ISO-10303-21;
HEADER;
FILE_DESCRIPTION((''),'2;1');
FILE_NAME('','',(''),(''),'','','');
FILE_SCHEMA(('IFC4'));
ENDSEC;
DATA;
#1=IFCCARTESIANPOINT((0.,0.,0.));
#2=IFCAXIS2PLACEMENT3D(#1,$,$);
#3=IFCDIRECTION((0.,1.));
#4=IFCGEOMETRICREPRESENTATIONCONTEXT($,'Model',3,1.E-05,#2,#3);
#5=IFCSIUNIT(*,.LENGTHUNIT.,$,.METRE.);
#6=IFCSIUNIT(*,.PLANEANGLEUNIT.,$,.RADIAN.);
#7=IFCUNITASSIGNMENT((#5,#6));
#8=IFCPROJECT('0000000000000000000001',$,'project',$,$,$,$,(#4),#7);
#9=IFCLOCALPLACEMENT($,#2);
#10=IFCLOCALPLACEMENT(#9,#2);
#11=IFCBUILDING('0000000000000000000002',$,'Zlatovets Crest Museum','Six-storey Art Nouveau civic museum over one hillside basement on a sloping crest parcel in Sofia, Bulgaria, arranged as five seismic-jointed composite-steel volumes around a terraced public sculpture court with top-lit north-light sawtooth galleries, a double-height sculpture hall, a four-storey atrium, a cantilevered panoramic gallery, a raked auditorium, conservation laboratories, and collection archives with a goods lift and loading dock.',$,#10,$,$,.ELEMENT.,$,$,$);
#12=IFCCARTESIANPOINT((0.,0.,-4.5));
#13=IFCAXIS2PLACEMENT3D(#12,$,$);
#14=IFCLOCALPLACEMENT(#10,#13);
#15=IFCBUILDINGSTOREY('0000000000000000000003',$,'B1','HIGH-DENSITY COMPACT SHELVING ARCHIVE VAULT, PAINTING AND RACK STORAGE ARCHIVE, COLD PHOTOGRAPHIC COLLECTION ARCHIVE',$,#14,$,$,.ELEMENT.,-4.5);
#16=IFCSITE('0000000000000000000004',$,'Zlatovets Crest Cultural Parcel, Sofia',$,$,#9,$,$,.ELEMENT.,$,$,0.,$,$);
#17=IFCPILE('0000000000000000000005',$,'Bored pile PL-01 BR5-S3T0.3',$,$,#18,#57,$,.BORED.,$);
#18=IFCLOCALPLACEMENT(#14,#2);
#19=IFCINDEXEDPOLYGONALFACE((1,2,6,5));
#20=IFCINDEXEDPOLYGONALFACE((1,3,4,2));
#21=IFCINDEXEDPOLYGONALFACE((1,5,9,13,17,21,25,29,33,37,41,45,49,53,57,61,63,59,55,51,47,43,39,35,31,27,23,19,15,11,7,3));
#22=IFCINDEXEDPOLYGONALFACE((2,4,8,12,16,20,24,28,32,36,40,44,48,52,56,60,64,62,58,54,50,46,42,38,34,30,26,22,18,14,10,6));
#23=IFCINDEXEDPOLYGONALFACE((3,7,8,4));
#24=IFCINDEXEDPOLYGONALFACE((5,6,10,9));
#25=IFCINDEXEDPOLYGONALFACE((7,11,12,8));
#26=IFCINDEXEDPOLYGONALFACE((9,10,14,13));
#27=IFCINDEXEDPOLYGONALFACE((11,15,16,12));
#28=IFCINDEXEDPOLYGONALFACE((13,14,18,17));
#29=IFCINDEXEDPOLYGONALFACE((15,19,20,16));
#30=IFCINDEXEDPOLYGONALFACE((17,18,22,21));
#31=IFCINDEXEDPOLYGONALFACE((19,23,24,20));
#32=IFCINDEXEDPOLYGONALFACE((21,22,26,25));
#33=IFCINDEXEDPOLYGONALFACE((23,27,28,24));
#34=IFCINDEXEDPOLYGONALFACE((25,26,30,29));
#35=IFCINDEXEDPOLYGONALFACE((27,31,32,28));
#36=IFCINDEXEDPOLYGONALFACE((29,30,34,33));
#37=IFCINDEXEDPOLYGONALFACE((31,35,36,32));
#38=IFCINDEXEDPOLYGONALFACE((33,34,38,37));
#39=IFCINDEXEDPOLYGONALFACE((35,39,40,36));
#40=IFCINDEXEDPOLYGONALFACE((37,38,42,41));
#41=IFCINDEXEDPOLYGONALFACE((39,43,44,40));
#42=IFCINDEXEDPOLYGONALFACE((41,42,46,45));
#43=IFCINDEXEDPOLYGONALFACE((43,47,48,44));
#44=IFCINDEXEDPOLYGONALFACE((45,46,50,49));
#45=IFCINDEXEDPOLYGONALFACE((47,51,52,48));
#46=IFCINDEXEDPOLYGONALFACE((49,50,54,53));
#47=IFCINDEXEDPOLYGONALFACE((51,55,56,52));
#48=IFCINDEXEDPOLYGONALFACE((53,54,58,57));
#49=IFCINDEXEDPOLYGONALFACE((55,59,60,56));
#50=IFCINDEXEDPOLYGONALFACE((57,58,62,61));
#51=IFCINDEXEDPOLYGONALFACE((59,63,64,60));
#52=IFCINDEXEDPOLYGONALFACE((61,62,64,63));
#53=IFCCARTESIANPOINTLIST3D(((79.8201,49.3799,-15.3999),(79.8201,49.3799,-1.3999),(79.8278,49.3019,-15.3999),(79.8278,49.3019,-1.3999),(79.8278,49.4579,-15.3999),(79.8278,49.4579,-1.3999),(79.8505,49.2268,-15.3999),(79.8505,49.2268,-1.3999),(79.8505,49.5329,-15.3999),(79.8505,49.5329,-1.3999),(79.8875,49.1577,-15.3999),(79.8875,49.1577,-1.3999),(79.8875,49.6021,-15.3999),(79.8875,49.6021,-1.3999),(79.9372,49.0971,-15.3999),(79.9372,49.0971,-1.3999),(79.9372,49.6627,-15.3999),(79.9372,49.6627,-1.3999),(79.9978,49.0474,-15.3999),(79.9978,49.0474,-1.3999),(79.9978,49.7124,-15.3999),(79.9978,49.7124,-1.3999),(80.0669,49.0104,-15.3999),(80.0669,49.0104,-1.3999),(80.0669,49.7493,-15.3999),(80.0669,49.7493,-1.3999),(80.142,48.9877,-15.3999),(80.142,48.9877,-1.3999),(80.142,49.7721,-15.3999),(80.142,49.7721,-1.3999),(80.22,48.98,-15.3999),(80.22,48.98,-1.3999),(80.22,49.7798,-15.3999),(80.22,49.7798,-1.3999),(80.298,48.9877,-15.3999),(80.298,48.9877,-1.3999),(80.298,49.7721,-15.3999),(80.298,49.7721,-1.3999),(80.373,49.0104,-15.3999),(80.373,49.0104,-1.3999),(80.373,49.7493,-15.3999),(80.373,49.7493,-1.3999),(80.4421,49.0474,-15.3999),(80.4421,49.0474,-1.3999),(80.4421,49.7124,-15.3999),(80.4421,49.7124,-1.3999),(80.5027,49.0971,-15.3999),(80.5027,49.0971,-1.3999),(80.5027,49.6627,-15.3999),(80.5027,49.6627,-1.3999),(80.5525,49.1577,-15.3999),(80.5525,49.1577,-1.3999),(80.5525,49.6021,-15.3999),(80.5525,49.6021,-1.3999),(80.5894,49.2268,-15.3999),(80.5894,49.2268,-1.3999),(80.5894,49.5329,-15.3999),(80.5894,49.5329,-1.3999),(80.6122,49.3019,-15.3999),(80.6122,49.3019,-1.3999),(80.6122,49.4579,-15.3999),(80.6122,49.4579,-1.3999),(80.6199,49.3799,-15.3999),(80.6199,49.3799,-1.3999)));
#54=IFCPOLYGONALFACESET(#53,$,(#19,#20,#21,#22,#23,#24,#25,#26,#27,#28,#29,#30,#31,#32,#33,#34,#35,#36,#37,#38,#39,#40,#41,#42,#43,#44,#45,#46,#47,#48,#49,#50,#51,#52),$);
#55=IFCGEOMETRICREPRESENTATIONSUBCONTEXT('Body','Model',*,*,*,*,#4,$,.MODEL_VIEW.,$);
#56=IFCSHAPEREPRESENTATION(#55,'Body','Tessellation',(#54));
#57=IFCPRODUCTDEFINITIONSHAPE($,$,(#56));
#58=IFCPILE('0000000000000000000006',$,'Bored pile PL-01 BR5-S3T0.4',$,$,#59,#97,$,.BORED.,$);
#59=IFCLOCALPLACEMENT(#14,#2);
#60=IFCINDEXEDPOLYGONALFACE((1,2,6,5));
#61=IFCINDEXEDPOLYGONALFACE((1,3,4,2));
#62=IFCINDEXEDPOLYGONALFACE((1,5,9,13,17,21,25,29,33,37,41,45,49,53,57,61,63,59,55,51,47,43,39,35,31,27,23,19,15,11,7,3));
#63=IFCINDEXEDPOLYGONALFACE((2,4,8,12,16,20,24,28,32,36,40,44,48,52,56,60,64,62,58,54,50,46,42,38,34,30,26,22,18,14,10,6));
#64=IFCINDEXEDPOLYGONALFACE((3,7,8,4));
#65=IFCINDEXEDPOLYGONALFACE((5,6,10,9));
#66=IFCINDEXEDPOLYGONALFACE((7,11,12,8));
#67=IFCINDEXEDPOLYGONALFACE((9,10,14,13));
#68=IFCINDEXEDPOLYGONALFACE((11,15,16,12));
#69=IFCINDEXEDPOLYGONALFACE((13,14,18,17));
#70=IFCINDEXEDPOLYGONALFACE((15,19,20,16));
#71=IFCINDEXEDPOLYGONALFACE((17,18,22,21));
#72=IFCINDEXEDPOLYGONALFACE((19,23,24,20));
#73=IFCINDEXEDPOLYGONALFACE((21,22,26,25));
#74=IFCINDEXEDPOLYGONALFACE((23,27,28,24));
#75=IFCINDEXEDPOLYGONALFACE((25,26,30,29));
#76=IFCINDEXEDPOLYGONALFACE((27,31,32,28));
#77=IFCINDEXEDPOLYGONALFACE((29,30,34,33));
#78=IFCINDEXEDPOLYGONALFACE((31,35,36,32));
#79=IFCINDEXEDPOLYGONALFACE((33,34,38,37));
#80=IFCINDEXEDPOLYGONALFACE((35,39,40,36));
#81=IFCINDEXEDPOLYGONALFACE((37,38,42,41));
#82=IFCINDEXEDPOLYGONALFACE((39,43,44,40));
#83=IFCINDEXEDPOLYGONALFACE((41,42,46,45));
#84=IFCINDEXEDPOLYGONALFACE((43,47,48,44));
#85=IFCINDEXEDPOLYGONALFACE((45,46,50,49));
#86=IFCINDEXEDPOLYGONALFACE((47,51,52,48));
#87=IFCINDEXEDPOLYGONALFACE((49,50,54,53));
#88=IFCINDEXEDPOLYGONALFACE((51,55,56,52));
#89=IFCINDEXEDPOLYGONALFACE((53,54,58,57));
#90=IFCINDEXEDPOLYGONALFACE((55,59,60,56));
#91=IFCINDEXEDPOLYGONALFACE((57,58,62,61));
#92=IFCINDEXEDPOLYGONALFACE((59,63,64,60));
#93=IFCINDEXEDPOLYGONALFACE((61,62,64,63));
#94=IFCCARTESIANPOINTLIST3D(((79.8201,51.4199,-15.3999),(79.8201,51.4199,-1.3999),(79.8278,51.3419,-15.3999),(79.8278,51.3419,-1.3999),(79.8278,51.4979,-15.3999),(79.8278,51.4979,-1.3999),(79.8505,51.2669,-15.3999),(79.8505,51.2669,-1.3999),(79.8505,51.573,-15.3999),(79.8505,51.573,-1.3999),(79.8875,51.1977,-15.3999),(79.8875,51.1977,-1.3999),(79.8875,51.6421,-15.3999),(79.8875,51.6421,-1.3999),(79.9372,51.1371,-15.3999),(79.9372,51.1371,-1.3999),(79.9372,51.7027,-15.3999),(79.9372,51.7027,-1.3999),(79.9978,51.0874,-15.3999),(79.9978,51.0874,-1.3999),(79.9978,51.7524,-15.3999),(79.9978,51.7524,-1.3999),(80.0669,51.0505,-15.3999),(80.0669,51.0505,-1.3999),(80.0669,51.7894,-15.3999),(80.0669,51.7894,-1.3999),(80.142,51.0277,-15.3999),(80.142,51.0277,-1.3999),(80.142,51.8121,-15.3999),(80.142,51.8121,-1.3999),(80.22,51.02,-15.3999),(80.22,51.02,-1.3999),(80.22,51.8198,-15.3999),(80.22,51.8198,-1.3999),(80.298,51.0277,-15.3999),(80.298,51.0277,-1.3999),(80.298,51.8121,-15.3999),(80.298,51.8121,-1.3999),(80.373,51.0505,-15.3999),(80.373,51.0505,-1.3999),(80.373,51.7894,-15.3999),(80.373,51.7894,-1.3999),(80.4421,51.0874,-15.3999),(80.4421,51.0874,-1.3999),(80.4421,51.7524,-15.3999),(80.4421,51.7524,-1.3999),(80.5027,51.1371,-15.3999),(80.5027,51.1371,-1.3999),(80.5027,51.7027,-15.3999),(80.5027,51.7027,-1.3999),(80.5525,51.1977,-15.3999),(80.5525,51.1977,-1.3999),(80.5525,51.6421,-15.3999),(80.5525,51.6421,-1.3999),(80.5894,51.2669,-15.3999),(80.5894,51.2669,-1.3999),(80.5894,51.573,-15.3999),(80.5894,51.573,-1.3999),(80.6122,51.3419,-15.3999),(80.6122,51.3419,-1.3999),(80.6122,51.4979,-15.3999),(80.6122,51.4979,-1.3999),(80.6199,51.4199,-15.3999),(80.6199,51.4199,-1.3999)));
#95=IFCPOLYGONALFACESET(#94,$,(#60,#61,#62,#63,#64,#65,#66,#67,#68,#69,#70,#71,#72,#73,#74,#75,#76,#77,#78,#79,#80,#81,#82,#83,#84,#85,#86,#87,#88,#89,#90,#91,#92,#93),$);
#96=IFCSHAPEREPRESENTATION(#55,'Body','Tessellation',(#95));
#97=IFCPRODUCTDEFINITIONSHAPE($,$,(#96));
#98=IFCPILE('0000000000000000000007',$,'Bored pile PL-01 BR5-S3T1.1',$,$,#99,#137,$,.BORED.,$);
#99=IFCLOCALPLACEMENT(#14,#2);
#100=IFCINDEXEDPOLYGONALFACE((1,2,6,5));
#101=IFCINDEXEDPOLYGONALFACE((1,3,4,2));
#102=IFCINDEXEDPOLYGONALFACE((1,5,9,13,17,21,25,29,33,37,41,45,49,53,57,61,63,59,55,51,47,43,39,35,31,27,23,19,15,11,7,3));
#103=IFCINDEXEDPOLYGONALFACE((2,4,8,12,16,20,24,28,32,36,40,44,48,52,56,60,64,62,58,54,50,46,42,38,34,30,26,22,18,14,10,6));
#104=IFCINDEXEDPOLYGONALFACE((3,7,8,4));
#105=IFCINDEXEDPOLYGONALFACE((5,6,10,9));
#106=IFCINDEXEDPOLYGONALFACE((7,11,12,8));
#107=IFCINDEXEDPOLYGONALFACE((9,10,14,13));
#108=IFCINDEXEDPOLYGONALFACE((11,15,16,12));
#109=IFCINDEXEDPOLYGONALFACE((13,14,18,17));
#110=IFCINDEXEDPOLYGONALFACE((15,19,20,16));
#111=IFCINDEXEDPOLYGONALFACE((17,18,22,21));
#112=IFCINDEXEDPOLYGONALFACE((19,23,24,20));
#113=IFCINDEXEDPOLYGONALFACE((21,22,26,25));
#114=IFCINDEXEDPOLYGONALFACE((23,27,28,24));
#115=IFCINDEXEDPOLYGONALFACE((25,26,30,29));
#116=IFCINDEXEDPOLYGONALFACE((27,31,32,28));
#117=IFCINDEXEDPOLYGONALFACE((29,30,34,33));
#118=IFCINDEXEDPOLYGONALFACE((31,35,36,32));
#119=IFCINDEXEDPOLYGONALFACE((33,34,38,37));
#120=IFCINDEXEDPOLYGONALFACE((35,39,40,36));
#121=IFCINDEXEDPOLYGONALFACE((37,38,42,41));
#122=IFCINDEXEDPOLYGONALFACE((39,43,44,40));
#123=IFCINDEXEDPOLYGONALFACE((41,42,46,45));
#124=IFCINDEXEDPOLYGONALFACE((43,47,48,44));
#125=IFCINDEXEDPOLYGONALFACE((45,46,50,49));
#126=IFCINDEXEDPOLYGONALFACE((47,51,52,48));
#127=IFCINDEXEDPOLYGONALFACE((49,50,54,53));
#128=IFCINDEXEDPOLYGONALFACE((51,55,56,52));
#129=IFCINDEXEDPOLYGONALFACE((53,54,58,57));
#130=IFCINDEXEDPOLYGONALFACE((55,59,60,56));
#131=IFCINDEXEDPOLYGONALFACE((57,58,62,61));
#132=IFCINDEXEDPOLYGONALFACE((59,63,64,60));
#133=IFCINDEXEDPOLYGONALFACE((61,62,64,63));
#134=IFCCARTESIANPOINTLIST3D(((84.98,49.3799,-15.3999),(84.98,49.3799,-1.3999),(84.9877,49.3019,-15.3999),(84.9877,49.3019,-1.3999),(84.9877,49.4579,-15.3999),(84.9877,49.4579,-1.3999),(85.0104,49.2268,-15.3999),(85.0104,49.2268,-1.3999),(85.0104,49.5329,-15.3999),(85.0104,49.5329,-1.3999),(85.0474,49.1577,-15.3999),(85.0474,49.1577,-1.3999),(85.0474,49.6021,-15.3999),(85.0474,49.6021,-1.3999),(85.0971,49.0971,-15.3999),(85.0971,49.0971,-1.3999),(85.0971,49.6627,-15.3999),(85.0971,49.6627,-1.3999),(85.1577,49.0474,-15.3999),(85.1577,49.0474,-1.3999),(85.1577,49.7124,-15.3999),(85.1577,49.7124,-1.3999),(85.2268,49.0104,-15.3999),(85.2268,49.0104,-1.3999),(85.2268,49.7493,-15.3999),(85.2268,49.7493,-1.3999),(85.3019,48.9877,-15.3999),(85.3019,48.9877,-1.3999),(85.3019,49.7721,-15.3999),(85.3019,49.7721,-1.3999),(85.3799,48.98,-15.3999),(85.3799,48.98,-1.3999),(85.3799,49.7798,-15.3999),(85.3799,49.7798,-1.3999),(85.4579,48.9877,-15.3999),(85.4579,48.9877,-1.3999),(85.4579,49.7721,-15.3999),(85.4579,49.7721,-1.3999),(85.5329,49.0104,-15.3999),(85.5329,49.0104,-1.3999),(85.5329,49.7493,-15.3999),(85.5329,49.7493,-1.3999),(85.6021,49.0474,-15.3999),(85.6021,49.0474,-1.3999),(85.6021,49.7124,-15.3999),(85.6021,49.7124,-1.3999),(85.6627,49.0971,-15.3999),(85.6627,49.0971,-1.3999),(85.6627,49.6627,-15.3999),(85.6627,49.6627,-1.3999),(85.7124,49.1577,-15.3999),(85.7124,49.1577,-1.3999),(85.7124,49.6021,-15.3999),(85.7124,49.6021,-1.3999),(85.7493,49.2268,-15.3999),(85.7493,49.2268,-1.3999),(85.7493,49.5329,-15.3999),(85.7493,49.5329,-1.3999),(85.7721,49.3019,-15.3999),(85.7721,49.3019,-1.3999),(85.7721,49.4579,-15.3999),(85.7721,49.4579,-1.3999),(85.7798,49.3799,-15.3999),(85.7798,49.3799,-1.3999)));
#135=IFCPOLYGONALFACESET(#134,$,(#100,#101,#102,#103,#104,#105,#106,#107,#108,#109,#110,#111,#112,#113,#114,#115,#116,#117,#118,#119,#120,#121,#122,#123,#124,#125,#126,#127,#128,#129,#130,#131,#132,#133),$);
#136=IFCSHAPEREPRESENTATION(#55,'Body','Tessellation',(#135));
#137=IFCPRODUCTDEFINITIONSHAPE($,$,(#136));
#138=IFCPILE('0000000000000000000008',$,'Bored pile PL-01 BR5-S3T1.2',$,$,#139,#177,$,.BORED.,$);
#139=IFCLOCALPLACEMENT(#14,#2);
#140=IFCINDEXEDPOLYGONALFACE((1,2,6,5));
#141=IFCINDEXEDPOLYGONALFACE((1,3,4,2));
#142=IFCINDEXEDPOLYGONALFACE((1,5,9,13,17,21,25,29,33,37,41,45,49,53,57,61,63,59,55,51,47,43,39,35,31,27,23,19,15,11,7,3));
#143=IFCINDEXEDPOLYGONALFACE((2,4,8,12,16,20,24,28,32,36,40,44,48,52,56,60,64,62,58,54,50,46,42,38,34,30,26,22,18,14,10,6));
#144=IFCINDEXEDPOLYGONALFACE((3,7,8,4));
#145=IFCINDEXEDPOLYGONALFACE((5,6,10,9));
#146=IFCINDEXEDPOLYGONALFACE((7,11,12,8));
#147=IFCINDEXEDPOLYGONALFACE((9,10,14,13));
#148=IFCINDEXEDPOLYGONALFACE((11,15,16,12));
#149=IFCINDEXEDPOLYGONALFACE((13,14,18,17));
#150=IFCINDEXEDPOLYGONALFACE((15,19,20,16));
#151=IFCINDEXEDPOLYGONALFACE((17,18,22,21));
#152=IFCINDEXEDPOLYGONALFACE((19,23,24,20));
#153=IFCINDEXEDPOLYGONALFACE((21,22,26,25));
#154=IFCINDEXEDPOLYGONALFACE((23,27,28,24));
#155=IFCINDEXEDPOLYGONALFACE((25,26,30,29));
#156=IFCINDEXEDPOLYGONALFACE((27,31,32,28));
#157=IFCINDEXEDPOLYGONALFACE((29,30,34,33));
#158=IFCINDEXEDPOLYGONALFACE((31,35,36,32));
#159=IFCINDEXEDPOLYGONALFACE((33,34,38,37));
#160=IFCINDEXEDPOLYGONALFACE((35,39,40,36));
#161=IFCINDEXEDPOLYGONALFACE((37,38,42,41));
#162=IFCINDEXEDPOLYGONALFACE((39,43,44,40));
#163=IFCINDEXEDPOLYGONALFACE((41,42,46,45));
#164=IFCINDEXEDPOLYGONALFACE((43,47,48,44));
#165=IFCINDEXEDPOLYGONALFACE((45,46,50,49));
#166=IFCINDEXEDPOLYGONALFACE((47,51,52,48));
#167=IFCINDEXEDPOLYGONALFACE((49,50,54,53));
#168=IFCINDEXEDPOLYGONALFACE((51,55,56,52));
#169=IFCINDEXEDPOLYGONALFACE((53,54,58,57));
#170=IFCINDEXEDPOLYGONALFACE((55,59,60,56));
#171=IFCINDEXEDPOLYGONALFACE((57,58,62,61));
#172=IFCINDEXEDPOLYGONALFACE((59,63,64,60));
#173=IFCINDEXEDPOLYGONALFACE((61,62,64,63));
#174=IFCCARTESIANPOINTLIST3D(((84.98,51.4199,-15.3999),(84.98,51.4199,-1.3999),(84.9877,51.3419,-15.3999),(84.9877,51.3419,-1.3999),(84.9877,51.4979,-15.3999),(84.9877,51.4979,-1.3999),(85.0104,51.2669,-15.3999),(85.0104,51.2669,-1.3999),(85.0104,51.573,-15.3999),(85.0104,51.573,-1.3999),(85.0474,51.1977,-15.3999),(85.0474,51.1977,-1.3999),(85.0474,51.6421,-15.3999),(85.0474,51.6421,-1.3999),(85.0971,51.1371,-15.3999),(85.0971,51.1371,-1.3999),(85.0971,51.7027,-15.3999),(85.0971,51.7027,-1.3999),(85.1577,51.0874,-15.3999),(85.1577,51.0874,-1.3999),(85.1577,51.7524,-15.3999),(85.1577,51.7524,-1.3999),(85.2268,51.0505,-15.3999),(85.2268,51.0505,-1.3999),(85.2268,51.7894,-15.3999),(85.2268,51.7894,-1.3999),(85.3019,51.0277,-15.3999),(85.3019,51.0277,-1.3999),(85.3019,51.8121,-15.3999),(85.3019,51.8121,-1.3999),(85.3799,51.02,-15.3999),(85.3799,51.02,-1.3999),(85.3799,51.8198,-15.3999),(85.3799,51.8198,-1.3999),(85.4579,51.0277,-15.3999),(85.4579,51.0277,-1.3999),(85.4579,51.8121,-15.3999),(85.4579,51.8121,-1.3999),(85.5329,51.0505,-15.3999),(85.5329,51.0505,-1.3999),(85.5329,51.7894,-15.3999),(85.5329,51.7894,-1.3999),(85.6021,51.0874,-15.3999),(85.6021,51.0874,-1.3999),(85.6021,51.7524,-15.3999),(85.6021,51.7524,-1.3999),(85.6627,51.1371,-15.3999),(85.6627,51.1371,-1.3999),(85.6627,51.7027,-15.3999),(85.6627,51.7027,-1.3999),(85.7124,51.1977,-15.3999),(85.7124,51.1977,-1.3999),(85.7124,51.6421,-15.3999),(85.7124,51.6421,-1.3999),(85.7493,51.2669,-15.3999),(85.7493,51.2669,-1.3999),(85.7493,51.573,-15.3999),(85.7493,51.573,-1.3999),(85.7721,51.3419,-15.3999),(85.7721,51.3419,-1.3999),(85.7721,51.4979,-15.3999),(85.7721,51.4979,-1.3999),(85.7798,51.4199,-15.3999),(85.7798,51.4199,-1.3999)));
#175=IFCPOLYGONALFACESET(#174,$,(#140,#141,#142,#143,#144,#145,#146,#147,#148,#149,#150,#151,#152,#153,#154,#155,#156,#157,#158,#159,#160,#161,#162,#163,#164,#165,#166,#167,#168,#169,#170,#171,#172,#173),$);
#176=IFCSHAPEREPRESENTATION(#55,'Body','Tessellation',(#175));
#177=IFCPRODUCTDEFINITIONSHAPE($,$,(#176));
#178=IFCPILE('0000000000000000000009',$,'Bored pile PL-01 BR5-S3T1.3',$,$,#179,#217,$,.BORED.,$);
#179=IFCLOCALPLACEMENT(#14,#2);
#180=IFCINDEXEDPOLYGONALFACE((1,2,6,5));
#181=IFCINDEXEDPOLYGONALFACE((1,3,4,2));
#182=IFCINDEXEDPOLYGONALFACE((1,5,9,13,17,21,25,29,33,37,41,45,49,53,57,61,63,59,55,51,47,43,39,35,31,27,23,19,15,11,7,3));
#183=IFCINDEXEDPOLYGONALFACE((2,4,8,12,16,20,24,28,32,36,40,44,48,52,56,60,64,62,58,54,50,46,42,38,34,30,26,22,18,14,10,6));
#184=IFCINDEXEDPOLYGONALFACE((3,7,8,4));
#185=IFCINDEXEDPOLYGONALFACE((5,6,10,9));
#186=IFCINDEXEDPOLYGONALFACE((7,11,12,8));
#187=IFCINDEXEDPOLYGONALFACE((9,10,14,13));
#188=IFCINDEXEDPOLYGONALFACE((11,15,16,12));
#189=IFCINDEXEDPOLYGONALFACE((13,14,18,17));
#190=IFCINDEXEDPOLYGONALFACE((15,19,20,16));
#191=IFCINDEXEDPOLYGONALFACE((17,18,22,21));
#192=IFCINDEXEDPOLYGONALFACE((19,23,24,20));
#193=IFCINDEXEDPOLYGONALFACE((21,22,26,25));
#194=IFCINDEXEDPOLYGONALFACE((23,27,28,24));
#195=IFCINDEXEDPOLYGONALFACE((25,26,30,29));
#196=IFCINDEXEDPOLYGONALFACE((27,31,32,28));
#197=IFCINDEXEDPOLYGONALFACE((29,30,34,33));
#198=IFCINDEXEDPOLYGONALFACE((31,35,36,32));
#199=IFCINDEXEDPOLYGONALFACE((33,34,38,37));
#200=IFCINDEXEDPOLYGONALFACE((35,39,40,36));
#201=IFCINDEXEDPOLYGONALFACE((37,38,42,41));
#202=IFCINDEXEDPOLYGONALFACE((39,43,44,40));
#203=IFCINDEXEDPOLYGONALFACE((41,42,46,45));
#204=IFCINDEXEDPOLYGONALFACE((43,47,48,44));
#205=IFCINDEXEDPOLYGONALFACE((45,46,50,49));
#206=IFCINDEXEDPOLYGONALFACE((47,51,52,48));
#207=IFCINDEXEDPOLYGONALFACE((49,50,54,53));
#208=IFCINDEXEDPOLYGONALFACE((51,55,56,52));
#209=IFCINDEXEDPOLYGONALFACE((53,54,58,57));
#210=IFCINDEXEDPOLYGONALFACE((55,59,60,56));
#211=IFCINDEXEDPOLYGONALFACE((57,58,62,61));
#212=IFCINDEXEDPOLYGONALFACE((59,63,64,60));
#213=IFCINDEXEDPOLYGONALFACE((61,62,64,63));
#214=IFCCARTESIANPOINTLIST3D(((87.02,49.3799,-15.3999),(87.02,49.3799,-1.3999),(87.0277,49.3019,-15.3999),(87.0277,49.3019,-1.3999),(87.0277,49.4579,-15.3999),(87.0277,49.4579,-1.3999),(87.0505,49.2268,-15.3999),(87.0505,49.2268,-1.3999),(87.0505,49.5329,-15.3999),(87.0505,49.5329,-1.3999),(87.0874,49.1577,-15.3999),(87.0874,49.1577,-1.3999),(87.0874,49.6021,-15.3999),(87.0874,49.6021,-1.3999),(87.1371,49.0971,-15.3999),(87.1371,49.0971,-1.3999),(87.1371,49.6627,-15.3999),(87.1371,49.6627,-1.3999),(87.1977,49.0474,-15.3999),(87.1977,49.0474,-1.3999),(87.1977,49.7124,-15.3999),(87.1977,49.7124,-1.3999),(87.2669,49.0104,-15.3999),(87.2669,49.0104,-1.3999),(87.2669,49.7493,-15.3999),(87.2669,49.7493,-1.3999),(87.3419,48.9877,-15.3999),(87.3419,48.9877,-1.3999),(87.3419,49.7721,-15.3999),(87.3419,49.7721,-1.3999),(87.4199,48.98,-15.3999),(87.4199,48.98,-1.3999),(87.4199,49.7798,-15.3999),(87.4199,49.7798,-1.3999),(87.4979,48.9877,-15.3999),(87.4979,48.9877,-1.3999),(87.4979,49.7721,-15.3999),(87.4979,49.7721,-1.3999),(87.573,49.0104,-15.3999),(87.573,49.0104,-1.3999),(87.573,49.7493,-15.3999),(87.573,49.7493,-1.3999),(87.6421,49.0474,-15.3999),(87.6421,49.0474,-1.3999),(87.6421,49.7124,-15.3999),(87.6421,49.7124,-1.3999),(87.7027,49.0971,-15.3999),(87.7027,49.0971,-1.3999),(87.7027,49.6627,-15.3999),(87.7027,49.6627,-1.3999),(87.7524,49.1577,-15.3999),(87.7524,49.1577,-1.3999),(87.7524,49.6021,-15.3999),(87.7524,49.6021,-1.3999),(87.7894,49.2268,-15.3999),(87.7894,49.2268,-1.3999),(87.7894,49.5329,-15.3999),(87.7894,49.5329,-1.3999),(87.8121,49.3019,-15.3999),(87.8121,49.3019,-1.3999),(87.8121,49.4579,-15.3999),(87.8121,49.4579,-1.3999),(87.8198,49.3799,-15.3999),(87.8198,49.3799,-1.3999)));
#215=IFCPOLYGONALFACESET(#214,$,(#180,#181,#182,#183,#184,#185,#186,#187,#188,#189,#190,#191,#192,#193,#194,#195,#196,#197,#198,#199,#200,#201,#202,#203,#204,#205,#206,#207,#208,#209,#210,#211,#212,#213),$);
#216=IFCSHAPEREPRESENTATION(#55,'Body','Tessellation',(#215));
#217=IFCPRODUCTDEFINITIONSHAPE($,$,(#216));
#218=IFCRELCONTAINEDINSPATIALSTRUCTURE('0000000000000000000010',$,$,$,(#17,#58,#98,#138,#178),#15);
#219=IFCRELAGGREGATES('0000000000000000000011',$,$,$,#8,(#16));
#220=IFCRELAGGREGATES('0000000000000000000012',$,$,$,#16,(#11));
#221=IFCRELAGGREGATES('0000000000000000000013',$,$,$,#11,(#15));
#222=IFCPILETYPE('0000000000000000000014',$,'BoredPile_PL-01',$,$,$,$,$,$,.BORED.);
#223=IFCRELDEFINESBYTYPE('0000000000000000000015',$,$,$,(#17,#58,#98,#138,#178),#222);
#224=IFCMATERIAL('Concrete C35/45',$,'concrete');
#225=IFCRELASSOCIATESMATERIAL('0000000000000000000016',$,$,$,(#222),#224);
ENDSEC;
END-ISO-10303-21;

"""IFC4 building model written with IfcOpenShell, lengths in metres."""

from ifc_helpers import new_model, si_unit, direction, frame, origin, origin_2d, place, context, subcontext, project, spatial, circle, extrude, material, material_profile, profile_set, type_object, element, save


model = new_model("IFC4")

# Units and contexts
model_context = context("Model", 3, precision=1e-05, world=origin(), true_north=direction((0.0, 1.0)))
body_context = subcontext(model_context, "Body", "Model", "MODEL_VIEW")
ifc_project = project(units=[si_unit("LENGTHUNIT", "METRE"), si_unit("PLANEANGLEUNIT", "RADIAN")], contexts=[model_context])

# Site, building, storey
site_placement = place(None, origin())
site = spatial("IfcSite", under=ifc_project, at=site_placement, Name="Zlatovets Crest Cultural Parcel, Sofia", CompositionType="ELEMENT", RefElevation=0.0)
building_placement = place(site_placement, origin())
building = spatial("IfcBuilding", under=site, at=building_placement, Name="Zlatovets Crest Museum", Description="Six-storey Art Nouveau civic museum over one hillside basement on a sloping crest parcel in Sofia, Bulgaria, arranged as five seismic-jointed composite-steel volumes around a terraced public sculpture court with top-lit north-light sawtooth galleries, a double-height sculpture hall, a four-storey atrium, a cantilevered panoramic gallery, a raked auditorium, conservation laboratories, and collection archives with a goods lift and loading dock.", CompositionType="ELEMENT")
storey_placement = place(building_placement, frame((0.0, 0.0, -4.5)))
storey = spatial("IfcBuildingStorey", under=building, at=storey_placement, Name="B1", Description="HIGH-DENSITY COMPACT SHELVING ARCHIVE VAULT, PAINTING AND RACK STORAGE ARCHIVE, COLD PHOTOGRAPHIC COLLECTION ARCHIVE", CompositionType="ELEMENT", Elevation=-4.5)

# Piles
ifc_material_1 = material(Name="Concrete C35/45", Category="concrete")
ifc_material_profile_1 = material_profile(ifc_material_1, circle(Radius=0.3999, at=origin_2d()), Name="PILE D800")
ifc_profile_set_1 = profile_set([ifc_material_profile_1], Name="Concrete C35/45")
pile_type_1 = type_object("IfcPileType", Name="BoredPile_PL-01", PredefinedType="BORED", material=ifc_profile_set_1)
for number, where, z_axis, x_axis, name in (
    (1, (80.22, 49.3799, -1.3999), (0.0, 0.0, -1.0), (1.0, 0.0, 0.0), "Bored pile PL-01 BR5-S3T0.3"),
    (2, (80.22, 51.4199, -1.3999), (0.0, 0.0, -1.0), (1.0, 0.0, 0.0), "Bored pile PL-01 BR5-S3T0.4"),
    (3, (85.3799, 49.3799, -1.3999), (0.0, 0.0, -1.0), (1.0, 0.0, 0.0), "Bored pile PL-01 BR5-S3T1.1"),
    (4, (85.3799, 51.4199, -1.3999), (0.0, 0.0, -1.0), (1.0, 0.0, 0.0), "Bored pile PL-01 BR5-S3T1.2"),
    (5, (87.4199, 49.3799, -1.3999), (0.0, 0.0, -1.0), (1.0, 0.0, 0.0), "Bored pile PL-01 BR5-S3T1.3"),
):
    element("IfcPile", number, at=place(storey_placement, frame(where, z_axis=z_axis, x_axis=x_axis)), inside=storey, type_object=pile_type_1, Name=name, PredefinedType="BORED", context=body_context, shape_type="SweptSolid", body=[
        extrude(circle(Radius=0.3999, at=origin_2d()), origin(), (0.0, 0.0, 1.0), 14.0),
    ])

save(model, "model.ifc")
